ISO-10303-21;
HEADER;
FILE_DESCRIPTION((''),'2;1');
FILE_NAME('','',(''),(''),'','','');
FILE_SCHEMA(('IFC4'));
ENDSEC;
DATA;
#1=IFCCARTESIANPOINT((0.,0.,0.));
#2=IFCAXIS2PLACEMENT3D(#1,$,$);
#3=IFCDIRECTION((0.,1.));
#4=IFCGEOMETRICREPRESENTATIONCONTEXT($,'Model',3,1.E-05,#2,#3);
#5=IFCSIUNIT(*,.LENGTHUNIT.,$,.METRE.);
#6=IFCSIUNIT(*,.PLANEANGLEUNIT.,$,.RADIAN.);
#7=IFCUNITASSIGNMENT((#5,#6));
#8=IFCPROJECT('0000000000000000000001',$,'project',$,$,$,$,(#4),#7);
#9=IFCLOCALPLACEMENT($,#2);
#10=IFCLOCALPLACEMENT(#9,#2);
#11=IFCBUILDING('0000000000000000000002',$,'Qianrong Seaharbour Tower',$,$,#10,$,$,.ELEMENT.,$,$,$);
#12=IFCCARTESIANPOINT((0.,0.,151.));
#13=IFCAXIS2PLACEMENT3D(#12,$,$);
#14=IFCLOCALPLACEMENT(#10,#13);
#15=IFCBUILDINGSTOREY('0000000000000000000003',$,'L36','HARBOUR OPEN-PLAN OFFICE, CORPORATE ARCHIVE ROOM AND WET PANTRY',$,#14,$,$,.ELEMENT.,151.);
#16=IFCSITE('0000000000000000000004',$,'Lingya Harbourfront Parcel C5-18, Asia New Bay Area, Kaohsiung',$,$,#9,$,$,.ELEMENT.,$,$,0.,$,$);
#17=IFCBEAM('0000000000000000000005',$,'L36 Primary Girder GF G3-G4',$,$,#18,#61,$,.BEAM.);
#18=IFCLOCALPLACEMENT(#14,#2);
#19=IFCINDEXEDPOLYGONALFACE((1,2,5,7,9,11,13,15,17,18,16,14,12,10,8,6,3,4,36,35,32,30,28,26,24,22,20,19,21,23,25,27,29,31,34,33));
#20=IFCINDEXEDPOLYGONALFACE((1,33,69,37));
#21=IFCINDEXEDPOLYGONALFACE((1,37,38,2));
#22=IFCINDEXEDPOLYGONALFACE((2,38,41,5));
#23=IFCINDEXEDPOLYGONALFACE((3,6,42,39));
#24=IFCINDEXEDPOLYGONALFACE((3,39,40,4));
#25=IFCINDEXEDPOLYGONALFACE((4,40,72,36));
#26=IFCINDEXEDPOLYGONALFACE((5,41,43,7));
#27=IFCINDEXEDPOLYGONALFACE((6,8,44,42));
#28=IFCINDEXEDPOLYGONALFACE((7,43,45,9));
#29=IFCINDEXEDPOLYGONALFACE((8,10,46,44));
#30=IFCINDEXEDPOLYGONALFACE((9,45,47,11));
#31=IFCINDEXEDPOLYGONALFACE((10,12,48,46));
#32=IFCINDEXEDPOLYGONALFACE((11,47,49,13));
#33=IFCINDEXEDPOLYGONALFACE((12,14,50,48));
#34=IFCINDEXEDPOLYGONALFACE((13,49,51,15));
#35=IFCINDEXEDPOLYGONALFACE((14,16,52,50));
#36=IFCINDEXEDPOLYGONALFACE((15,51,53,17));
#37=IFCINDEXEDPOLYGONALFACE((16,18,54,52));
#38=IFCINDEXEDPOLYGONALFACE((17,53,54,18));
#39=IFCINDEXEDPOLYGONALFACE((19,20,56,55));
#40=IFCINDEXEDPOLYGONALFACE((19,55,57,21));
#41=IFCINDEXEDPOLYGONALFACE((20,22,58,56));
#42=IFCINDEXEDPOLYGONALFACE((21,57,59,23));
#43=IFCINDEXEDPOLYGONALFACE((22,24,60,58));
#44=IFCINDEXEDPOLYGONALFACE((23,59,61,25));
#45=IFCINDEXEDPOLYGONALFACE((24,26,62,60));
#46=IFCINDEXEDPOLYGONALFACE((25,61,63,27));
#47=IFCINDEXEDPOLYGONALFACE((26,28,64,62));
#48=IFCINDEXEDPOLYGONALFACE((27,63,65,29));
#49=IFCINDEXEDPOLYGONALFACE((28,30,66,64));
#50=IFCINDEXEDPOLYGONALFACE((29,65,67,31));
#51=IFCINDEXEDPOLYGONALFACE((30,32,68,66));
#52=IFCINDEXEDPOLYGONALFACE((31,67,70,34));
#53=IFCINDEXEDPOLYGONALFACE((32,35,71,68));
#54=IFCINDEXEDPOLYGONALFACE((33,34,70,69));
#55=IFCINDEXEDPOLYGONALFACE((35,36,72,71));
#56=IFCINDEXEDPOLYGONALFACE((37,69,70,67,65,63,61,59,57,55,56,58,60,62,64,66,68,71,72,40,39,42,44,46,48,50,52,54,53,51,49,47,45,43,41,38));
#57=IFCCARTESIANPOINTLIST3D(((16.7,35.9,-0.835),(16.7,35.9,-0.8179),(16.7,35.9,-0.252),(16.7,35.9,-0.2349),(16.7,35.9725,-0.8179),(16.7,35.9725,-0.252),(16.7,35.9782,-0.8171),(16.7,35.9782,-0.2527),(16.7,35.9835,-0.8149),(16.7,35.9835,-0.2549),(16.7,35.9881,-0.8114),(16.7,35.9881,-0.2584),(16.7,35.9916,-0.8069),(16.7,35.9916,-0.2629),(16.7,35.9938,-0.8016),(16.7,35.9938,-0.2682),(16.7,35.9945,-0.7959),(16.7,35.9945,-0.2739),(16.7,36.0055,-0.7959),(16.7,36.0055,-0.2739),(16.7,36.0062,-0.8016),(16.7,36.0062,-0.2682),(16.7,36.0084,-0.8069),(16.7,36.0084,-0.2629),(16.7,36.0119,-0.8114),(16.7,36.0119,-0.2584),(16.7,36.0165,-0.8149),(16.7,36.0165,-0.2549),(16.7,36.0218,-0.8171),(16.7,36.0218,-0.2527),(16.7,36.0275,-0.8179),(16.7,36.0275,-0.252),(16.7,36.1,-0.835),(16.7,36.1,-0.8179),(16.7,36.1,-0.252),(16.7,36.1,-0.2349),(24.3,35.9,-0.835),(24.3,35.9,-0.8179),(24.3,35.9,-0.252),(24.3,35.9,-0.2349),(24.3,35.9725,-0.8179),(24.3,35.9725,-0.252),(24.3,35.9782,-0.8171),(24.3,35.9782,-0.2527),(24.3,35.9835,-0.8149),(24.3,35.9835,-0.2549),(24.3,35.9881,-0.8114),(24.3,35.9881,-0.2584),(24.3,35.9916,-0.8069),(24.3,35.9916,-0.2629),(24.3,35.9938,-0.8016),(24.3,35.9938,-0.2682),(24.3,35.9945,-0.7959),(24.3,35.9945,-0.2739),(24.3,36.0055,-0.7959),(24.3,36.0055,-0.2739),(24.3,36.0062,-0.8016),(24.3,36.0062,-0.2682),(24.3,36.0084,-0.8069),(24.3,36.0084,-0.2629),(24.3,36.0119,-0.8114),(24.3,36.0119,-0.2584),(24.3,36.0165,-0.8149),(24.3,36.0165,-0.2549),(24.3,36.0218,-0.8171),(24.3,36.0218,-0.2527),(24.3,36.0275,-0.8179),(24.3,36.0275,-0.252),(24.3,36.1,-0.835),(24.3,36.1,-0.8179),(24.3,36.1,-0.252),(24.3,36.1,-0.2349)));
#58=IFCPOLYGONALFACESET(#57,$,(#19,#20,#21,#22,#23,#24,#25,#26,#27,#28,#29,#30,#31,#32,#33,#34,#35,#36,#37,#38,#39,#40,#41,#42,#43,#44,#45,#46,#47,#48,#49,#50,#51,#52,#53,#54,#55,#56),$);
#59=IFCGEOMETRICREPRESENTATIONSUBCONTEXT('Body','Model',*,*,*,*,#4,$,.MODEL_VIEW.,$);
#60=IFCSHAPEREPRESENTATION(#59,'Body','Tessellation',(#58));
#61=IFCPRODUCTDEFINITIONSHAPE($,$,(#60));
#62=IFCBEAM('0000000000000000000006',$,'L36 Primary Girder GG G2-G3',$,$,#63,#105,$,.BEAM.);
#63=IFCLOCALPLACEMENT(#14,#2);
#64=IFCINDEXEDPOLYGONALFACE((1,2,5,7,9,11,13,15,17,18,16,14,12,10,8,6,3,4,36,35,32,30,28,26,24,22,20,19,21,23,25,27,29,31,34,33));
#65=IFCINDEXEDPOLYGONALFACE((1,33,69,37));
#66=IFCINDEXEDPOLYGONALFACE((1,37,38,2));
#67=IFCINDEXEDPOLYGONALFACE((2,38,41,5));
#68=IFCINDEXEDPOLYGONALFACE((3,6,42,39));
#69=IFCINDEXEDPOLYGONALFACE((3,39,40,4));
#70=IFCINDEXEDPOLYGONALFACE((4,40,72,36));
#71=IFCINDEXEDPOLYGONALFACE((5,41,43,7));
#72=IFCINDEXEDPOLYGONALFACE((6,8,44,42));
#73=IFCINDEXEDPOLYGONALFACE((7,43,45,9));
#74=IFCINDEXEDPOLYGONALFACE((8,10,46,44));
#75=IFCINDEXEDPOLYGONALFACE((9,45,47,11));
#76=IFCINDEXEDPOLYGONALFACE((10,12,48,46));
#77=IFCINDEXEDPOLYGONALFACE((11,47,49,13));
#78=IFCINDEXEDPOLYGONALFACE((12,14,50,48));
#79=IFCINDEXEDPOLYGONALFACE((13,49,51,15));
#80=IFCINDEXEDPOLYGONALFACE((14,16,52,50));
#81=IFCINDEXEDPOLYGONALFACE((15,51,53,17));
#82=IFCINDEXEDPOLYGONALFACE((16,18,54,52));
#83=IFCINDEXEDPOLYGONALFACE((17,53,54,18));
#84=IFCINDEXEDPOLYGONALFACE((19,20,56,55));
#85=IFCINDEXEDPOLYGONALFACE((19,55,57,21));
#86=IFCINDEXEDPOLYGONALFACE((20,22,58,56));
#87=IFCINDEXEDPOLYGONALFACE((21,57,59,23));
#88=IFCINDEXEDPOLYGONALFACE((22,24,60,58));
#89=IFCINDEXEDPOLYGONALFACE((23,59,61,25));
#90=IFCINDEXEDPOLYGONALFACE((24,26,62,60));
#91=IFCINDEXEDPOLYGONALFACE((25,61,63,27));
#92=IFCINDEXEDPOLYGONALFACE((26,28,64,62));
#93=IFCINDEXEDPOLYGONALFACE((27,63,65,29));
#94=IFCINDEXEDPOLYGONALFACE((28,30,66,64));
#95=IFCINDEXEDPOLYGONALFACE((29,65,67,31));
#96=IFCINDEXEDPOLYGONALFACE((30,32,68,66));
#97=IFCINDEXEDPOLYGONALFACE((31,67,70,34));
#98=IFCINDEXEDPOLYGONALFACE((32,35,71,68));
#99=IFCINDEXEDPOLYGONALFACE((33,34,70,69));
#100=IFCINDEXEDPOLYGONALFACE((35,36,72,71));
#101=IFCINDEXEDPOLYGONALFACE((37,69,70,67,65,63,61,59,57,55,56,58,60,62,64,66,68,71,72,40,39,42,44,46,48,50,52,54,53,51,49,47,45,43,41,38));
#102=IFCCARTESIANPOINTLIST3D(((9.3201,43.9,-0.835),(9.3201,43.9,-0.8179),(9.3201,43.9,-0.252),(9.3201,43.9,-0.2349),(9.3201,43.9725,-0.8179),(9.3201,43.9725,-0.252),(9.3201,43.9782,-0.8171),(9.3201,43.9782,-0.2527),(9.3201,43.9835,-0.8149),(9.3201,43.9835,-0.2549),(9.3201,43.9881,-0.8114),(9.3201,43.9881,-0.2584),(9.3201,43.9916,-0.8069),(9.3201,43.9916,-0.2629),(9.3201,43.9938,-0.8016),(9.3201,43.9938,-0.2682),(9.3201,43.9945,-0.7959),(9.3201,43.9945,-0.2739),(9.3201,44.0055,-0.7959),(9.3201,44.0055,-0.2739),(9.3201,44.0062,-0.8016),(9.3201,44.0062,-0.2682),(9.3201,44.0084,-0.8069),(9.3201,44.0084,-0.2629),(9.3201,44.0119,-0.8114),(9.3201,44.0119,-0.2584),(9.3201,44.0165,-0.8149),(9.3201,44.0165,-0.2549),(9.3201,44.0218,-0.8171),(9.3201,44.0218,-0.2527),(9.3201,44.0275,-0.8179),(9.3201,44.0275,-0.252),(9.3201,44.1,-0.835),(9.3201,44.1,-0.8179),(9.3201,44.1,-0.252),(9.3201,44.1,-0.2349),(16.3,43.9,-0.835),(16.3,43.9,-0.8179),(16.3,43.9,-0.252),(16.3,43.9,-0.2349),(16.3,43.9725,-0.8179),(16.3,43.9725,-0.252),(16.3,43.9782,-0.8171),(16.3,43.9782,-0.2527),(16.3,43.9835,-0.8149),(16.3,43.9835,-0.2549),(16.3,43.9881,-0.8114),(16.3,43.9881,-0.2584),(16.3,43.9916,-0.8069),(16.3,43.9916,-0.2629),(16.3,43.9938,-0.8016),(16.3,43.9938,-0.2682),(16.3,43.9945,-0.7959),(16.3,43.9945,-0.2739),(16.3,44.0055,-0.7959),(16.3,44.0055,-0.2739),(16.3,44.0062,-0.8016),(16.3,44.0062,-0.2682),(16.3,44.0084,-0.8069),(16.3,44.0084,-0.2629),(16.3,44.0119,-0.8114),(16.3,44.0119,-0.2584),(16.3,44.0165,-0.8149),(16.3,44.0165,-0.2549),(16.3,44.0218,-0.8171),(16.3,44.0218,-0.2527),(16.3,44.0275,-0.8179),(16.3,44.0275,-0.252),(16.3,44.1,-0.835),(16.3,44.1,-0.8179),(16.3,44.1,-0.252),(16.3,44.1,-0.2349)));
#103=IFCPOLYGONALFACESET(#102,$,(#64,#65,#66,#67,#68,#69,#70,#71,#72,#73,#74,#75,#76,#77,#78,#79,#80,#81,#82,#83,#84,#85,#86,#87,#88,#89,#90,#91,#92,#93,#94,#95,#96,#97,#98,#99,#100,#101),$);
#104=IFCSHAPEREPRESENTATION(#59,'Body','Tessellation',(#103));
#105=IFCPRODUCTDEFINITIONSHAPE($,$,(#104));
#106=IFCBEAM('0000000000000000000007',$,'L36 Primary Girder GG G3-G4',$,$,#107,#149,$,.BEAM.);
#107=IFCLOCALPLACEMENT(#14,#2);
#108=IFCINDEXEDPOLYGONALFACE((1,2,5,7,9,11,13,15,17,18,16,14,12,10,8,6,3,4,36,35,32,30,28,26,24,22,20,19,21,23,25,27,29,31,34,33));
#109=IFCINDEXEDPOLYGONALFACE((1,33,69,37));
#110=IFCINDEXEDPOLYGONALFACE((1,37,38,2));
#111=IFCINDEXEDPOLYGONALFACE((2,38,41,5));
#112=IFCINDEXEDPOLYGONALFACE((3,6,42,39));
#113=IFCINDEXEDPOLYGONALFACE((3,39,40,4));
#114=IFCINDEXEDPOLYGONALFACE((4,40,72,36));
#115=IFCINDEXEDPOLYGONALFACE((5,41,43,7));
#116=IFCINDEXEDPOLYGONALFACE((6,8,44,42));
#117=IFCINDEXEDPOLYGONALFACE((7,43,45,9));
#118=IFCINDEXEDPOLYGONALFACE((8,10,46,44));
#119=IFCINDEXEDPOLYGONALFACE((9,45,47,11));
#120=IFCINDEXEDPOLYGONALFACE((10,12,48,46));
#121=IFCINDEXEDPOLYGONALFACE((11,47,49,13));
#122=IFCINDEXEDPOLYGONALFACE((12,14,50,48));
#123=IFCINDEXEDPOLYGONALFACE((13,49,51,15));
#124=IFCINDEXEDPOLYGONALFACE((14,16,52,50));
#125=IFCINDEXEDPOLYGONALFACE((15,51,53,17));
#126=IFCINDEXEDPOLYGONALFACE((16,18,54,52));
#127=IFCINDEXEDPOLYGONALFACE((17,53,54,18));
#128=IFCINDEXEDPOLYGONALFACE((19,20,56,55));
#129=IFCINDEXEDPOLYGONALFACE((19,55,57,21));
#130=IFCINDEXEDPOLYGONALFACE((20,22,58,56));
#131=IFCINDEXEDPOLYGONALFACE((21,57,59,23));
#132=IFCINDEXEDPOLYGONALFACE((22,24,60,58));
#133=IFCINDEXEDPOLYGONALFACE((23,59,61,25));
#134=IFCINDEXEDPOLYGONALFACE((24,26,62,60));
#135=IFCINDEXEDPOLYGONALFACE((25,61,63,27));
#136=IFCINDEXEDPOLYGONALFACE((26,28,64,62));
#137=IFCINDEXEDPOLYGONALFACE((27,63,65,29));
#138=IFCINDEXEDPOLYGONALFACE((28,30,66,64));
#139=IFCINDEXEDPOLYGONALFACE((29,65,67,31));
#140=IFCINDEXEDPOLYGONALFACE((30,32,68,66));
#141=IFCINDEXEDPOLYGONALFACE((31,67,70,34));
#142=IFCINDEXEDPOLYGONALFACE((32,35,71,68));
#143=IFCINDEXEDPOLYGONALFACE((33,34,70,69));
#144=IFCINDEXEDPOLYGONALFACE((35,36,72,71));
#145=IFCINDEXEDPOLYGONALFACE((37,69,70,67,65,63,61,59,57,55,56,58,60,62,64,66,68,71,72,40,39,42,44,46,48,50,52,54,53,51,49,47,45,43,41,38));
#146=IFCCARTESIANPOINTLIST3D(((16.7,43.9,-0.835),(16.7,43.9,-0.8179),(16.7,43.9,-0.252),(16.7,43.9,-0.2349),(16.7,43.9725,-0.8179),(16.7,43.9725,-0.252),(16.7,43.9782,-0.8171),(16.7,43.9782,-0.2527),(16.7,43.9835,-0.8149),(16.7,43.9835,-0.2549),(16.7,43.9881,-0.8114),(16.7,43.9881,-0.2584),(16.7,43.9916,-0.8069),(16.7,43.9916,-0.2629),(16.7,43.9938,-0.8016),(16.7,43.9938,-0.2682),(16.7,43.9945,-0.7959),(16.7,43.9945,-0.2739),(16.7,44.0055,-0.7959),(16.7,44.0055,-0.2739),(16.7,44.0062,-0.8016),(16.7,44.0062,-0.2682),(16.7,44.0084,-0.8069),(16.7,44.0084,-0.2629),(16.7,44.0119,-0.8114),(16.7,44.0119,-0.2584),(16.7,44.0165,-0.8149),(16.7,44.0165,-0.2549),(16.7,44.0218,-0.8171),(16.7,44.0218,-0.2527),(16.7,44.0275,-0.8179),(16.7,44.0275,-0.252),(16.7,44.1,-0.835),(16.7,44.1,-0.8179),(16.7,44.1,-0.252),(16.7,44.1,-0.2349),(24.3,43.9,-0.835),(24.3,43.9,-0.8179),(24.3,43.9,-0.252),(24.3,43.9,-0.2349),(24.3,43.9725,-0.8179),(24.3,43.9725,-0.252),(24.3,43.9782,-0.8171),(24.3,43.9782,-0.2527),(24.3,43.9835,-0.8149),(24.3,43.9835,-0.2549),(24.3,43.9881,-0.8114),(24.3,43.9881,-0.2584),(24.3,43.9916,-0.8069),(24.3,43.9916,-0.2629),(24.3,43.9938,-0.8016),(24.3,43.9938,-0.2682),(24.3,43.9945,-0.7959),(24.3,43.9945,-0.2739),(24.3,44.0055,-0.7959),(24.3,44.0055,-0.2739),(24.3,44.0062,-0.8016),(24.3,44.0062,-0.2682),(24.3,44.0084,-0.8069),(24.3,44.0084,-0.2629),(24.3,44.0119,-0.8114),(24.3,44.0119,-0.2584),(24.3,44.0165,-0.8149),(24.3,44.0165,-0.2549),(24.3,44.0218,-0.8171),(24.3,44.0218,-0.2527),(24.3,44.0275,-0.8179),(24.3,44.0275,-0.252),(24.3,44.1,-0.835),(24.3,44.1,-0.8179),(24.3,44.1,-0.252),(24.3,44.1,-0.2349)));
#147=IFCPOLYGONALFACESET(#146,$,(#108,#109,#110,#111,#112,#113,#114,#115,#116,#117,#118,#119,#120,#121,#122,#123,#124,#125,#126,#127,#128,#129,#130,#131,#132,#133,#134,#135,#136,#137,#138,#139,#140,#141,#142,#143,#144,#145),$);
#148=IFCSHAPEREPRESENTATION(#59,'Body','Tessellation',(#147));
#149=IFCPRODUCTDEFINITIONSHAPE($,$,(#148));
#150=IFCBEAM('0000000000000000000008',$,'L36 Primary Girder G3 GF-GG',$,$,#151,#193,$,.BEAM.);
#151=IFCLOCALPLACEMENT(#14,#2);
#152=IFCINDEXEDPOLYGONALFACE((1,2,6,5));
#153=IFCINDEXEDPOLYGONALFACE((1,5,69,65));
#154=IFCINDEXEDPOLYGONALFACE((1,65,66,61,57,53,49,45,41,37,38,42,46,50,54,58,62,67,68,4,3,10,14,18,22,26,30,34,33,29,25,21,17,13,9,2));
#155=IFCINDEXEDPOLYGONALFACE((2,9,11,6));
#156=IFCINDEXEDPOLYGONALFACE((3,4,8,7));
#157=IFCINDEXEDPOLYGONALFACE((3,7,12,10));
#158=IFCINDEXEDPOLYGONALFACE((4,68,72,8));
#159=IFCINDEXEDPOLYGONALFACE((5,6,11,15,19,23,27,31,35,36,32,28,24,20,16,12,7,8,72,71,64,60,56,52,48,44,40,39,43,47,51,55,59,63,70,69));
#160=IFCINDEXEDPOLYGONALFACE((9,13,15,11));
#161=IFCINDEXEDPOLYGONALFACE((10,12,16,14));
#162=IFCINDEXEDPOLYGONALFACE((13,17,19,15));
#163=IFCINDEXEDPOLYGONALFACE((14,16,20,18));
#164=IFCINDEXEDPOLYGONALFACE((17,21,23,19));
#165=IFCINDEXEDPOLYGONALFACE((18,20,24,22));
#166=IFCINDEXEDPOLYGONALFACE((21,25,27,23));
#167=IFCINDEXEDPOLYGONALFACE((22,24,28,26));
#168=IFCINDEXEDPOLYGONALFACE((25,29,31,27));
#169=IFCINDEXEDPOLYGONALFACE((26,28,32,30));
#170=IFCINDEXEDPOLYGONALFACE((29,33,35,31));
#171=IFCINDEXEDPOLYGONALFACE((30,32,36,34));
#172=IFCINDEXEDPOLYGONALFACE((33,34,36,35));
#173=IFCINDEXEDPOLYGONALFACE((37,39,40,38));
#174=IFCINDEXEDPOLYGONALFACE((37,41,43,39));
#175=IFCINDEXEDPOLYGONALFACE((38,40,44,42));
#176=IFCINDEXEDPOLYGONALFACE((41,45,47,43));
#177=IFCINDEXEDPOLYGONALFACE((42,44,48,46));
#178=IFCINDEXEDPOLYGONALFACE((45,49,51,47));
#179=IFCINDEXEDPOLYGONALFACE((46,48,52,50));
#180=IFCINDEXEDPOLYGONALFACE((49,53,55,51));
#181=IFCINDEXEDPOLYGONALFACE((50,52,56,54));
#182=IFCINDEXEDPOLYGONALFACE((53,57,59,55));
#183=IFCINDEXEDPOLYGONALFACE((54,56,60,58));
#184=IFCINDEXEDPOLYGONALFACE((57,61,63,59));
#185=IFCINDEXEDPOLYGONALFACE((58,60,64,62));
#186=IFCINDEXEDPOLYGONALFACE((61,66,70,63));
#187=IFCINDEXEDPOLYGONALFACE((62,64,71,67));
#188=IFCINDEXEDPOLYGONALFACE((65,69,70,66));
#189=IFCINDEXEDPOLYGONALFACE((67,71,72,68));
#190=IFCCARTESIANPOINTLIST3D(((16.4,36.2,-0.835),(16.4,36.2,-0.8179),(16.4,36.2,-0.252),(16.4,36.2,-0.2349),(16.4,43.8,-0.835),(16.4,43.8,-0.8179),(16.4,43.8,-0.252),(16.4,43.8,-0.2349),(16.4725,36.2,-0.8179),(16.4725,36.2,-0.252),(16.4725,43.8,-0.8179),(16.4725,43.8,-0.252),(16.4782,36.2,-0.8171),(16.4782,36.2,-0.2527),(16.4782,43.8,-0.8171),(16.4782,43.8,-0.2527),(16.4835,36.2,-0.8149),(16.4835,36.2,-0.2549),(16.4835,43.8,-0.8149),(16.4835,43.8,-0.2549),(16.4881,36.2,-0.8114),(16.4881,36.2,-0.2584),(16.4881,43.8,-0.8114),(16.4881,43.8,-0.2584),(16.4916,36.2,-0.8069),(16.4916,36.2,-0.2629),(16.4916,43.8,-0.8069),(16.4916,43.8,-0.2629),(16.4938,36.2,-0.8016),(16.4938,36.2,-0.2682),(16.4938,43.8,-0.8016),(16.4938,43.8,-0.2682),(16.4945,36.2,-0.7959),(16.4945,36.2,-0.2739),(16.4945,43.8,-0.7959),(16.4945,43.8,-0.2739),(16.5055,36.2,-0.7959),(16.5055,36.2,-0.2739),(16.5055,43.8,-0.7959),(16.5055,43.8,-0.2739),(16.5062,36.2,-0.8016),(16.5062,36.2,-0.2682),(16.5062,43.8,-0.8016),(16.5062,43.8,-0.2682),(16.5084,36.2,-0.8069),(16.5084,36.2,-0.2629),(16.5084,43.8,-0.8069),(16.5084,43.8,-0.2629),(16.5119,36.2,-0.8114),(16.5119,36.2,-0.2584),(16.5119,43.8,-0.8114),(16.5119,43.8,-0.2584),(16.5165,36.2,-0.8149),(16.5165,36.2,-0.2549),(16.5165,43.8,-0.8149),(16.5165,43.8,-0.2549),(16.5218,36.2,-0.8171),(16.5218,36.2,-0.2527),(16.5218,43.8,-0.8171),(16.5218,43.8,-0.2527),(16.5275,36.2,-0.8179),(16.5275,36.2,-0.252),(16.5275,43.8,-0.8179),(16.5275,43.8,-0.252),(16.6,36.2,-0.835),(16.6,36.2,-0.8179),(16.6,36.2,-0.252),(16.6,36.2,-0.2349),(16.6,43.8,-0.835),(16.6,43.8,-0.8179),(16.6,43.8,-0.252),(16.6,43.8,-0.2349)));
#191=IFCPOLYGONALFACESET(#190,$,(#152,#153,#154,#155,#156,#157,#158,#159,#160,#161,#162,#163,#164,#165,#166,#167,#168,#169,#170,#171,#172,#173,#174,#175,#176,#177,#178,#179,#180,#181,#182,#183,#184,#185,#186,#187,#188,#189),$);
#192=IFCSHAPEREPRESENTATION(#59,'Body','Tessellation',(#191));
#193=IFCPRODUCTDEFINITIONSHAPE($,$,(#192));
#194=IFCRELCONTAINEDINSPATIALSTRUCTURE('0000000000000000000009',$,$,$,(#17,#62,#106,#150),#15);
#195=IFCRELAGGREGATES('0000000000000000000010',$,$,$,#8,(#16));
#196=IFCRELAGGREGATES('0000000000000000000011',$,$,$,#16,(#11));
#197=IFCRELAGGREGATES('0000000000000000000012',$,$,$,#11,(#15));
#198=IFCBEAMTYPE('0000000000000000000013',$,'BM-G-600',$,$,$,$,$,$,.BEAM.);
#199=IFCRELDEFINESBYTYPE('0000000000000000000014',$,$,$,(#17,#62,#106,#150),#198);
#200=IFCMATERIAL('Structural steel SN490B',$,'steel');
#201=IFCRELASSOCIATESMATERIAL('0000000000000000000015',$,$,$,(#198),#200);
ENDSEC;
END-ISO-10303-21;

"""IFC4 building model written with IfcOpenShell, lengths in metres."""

from ifc_helpers import new_model, si_unit, direction, frame, origin, origin_2d, place, context, subcontext, project, spatial, i_section, extrude, material, material_profile, profile_set, type_object, element, save


model = new_model("IFC4")

# Units and contexts
model_context = context("Model", 3, precision=1e-05, world=origin(), true_north=direction((0.0, 1.0)))
body_context = subcontext(model_context, "Body", "Model", "MODEL_VIEW")
ifc_project = project(units=[si_unit("LENGTHUNIT", "METRE"), si_unit("PLANEANGLEUNIT", "RADIAN")], contexts=[model_context])

# Site, building, storey
site_placement = place(None, origin())
site = spatial("IfcSite", under=ifc_project, at=site_placement, Name="Lingya Harbourfront Parcel C5-18, Asia New Bay Area, Kaohsiung", CompositionType="ELEMENT", RefElevation=0.0)
building_placement = place(site_placement, origin())
building = spatial("IfcBuilding", under=site, at=building_placement, Name="Qianrong Seaharbour Tower", CompositionType="ELEMENT")
storey_placement = place(building_placement, frame((0.0, 0.0, 151.0)))
storey = spatial("IfcBuildingStorey", under=building, at=storey_placement, Name="L36", Description="HARBOUR OPEN-PLAN OFFICE, CORPORATE ARCHIVE ROOM AND WET PANTRY", CompositionType="ELEMENT", Elevation=151.0)

# Shared definitions
ifc_material_1 = material(Name="Structural steel SN490B", Category="steel")

# Beams
ifc_material_profile_1 = material_profile(ifc_material_1, i_section(OverallWidth=0.2, OverallDepth=0.6001, WebThickness=0.011, FlangeThickness=0.0171, FilletRadius=0.022, at=origin_2d()), Name="H600x200x11x17")
ifc_profile_set_1 = profile_set([ifc_material_profile_1], Name="Structural steel SN490B")
beam_type_1 = type_object("IfcBeamType", Name="BM-G-600", PredefinedType="BEAM", material=ifc_profile_set_1)
beam_1_placement = place(storey_placement, frame((16.7, 36.0, -0.5349), z_axis=(1.0, 0.0, 0.0), x_axis=(0.0, 1.0, 0.0)))
element("IfcBeam", 1, at=beam_1_placement, inside=storey, type_object=beam_type_1, Name="L36 Primary Girder GF G3-G4", PredefinedType="BEAM", context=body_context, shape_type="SweptSolid", body=[
    extrude(i_section(OverallWidth=0.2, OverallDepth=0.6001, WebThickness=0.011, FlangeThickness=0.0171, FilletRadius=0.022, at=origin_2d()), origin(), (0.0, 0.0, 1.0), 7.6001),
])
beam_2_placement = place(storey_placement, frame((9.3201, 44.0, -0.5349), z_axis=(1.0, 0.0, 0.0), x_axis=(0.0, 1.0, 0.0)))
element("IfcBeam", 2, at=beam_2_placement, inside=storey, type_object=beam_type_1, Name="L36 Primary Girder GG G2-G3", PredefinedType="BEAM", context=body_context, shape_type="SweptSolid", body=[
    extrude(i_section(OverallWidth=0.2, OverallDepth=0.6001, WebThickness=0.011, FlangeThickness=0.0171, FilletRadius=0.022, at=origin_2d()), origin(), (0.0, 0.0, 1.0), 6.98),
])
for number, where, z_axis, x_axis, name in (
    (3, (16.7, 44.0, -0.5349), (1.0, 0.0, 0.0), (0.0, 1.0, 0.0), "L36 Primary Girder GG G3-G4"),
    (4, (16.5, 36.2, -0.5349), (0.0, 1.0, 0.0), (-1.0, 0.0, 0.0), "L36 Primary Girder G3 GF-GG"),
):
    element("IfcBeam", number, at=place(storey_placement, frame(where, z_axis=z_axis, x_axis=x_axis)), inside=storey, type_object=beam_type_1, Name=name, PredefinedType="BEAM", context=body_context, shape_type="SweptSolid", body=[
        extrude(i_section(OverallWidth=0.2, OverallDepth=0.6001, WebThickness=0.011, FlangeThickness=0.0171, FilletRadius=0.022, at=origin_2d()), origin(), (0.0, 0.0, 1.0), 7.6001),
    ])

save(model, "model.ifc")
